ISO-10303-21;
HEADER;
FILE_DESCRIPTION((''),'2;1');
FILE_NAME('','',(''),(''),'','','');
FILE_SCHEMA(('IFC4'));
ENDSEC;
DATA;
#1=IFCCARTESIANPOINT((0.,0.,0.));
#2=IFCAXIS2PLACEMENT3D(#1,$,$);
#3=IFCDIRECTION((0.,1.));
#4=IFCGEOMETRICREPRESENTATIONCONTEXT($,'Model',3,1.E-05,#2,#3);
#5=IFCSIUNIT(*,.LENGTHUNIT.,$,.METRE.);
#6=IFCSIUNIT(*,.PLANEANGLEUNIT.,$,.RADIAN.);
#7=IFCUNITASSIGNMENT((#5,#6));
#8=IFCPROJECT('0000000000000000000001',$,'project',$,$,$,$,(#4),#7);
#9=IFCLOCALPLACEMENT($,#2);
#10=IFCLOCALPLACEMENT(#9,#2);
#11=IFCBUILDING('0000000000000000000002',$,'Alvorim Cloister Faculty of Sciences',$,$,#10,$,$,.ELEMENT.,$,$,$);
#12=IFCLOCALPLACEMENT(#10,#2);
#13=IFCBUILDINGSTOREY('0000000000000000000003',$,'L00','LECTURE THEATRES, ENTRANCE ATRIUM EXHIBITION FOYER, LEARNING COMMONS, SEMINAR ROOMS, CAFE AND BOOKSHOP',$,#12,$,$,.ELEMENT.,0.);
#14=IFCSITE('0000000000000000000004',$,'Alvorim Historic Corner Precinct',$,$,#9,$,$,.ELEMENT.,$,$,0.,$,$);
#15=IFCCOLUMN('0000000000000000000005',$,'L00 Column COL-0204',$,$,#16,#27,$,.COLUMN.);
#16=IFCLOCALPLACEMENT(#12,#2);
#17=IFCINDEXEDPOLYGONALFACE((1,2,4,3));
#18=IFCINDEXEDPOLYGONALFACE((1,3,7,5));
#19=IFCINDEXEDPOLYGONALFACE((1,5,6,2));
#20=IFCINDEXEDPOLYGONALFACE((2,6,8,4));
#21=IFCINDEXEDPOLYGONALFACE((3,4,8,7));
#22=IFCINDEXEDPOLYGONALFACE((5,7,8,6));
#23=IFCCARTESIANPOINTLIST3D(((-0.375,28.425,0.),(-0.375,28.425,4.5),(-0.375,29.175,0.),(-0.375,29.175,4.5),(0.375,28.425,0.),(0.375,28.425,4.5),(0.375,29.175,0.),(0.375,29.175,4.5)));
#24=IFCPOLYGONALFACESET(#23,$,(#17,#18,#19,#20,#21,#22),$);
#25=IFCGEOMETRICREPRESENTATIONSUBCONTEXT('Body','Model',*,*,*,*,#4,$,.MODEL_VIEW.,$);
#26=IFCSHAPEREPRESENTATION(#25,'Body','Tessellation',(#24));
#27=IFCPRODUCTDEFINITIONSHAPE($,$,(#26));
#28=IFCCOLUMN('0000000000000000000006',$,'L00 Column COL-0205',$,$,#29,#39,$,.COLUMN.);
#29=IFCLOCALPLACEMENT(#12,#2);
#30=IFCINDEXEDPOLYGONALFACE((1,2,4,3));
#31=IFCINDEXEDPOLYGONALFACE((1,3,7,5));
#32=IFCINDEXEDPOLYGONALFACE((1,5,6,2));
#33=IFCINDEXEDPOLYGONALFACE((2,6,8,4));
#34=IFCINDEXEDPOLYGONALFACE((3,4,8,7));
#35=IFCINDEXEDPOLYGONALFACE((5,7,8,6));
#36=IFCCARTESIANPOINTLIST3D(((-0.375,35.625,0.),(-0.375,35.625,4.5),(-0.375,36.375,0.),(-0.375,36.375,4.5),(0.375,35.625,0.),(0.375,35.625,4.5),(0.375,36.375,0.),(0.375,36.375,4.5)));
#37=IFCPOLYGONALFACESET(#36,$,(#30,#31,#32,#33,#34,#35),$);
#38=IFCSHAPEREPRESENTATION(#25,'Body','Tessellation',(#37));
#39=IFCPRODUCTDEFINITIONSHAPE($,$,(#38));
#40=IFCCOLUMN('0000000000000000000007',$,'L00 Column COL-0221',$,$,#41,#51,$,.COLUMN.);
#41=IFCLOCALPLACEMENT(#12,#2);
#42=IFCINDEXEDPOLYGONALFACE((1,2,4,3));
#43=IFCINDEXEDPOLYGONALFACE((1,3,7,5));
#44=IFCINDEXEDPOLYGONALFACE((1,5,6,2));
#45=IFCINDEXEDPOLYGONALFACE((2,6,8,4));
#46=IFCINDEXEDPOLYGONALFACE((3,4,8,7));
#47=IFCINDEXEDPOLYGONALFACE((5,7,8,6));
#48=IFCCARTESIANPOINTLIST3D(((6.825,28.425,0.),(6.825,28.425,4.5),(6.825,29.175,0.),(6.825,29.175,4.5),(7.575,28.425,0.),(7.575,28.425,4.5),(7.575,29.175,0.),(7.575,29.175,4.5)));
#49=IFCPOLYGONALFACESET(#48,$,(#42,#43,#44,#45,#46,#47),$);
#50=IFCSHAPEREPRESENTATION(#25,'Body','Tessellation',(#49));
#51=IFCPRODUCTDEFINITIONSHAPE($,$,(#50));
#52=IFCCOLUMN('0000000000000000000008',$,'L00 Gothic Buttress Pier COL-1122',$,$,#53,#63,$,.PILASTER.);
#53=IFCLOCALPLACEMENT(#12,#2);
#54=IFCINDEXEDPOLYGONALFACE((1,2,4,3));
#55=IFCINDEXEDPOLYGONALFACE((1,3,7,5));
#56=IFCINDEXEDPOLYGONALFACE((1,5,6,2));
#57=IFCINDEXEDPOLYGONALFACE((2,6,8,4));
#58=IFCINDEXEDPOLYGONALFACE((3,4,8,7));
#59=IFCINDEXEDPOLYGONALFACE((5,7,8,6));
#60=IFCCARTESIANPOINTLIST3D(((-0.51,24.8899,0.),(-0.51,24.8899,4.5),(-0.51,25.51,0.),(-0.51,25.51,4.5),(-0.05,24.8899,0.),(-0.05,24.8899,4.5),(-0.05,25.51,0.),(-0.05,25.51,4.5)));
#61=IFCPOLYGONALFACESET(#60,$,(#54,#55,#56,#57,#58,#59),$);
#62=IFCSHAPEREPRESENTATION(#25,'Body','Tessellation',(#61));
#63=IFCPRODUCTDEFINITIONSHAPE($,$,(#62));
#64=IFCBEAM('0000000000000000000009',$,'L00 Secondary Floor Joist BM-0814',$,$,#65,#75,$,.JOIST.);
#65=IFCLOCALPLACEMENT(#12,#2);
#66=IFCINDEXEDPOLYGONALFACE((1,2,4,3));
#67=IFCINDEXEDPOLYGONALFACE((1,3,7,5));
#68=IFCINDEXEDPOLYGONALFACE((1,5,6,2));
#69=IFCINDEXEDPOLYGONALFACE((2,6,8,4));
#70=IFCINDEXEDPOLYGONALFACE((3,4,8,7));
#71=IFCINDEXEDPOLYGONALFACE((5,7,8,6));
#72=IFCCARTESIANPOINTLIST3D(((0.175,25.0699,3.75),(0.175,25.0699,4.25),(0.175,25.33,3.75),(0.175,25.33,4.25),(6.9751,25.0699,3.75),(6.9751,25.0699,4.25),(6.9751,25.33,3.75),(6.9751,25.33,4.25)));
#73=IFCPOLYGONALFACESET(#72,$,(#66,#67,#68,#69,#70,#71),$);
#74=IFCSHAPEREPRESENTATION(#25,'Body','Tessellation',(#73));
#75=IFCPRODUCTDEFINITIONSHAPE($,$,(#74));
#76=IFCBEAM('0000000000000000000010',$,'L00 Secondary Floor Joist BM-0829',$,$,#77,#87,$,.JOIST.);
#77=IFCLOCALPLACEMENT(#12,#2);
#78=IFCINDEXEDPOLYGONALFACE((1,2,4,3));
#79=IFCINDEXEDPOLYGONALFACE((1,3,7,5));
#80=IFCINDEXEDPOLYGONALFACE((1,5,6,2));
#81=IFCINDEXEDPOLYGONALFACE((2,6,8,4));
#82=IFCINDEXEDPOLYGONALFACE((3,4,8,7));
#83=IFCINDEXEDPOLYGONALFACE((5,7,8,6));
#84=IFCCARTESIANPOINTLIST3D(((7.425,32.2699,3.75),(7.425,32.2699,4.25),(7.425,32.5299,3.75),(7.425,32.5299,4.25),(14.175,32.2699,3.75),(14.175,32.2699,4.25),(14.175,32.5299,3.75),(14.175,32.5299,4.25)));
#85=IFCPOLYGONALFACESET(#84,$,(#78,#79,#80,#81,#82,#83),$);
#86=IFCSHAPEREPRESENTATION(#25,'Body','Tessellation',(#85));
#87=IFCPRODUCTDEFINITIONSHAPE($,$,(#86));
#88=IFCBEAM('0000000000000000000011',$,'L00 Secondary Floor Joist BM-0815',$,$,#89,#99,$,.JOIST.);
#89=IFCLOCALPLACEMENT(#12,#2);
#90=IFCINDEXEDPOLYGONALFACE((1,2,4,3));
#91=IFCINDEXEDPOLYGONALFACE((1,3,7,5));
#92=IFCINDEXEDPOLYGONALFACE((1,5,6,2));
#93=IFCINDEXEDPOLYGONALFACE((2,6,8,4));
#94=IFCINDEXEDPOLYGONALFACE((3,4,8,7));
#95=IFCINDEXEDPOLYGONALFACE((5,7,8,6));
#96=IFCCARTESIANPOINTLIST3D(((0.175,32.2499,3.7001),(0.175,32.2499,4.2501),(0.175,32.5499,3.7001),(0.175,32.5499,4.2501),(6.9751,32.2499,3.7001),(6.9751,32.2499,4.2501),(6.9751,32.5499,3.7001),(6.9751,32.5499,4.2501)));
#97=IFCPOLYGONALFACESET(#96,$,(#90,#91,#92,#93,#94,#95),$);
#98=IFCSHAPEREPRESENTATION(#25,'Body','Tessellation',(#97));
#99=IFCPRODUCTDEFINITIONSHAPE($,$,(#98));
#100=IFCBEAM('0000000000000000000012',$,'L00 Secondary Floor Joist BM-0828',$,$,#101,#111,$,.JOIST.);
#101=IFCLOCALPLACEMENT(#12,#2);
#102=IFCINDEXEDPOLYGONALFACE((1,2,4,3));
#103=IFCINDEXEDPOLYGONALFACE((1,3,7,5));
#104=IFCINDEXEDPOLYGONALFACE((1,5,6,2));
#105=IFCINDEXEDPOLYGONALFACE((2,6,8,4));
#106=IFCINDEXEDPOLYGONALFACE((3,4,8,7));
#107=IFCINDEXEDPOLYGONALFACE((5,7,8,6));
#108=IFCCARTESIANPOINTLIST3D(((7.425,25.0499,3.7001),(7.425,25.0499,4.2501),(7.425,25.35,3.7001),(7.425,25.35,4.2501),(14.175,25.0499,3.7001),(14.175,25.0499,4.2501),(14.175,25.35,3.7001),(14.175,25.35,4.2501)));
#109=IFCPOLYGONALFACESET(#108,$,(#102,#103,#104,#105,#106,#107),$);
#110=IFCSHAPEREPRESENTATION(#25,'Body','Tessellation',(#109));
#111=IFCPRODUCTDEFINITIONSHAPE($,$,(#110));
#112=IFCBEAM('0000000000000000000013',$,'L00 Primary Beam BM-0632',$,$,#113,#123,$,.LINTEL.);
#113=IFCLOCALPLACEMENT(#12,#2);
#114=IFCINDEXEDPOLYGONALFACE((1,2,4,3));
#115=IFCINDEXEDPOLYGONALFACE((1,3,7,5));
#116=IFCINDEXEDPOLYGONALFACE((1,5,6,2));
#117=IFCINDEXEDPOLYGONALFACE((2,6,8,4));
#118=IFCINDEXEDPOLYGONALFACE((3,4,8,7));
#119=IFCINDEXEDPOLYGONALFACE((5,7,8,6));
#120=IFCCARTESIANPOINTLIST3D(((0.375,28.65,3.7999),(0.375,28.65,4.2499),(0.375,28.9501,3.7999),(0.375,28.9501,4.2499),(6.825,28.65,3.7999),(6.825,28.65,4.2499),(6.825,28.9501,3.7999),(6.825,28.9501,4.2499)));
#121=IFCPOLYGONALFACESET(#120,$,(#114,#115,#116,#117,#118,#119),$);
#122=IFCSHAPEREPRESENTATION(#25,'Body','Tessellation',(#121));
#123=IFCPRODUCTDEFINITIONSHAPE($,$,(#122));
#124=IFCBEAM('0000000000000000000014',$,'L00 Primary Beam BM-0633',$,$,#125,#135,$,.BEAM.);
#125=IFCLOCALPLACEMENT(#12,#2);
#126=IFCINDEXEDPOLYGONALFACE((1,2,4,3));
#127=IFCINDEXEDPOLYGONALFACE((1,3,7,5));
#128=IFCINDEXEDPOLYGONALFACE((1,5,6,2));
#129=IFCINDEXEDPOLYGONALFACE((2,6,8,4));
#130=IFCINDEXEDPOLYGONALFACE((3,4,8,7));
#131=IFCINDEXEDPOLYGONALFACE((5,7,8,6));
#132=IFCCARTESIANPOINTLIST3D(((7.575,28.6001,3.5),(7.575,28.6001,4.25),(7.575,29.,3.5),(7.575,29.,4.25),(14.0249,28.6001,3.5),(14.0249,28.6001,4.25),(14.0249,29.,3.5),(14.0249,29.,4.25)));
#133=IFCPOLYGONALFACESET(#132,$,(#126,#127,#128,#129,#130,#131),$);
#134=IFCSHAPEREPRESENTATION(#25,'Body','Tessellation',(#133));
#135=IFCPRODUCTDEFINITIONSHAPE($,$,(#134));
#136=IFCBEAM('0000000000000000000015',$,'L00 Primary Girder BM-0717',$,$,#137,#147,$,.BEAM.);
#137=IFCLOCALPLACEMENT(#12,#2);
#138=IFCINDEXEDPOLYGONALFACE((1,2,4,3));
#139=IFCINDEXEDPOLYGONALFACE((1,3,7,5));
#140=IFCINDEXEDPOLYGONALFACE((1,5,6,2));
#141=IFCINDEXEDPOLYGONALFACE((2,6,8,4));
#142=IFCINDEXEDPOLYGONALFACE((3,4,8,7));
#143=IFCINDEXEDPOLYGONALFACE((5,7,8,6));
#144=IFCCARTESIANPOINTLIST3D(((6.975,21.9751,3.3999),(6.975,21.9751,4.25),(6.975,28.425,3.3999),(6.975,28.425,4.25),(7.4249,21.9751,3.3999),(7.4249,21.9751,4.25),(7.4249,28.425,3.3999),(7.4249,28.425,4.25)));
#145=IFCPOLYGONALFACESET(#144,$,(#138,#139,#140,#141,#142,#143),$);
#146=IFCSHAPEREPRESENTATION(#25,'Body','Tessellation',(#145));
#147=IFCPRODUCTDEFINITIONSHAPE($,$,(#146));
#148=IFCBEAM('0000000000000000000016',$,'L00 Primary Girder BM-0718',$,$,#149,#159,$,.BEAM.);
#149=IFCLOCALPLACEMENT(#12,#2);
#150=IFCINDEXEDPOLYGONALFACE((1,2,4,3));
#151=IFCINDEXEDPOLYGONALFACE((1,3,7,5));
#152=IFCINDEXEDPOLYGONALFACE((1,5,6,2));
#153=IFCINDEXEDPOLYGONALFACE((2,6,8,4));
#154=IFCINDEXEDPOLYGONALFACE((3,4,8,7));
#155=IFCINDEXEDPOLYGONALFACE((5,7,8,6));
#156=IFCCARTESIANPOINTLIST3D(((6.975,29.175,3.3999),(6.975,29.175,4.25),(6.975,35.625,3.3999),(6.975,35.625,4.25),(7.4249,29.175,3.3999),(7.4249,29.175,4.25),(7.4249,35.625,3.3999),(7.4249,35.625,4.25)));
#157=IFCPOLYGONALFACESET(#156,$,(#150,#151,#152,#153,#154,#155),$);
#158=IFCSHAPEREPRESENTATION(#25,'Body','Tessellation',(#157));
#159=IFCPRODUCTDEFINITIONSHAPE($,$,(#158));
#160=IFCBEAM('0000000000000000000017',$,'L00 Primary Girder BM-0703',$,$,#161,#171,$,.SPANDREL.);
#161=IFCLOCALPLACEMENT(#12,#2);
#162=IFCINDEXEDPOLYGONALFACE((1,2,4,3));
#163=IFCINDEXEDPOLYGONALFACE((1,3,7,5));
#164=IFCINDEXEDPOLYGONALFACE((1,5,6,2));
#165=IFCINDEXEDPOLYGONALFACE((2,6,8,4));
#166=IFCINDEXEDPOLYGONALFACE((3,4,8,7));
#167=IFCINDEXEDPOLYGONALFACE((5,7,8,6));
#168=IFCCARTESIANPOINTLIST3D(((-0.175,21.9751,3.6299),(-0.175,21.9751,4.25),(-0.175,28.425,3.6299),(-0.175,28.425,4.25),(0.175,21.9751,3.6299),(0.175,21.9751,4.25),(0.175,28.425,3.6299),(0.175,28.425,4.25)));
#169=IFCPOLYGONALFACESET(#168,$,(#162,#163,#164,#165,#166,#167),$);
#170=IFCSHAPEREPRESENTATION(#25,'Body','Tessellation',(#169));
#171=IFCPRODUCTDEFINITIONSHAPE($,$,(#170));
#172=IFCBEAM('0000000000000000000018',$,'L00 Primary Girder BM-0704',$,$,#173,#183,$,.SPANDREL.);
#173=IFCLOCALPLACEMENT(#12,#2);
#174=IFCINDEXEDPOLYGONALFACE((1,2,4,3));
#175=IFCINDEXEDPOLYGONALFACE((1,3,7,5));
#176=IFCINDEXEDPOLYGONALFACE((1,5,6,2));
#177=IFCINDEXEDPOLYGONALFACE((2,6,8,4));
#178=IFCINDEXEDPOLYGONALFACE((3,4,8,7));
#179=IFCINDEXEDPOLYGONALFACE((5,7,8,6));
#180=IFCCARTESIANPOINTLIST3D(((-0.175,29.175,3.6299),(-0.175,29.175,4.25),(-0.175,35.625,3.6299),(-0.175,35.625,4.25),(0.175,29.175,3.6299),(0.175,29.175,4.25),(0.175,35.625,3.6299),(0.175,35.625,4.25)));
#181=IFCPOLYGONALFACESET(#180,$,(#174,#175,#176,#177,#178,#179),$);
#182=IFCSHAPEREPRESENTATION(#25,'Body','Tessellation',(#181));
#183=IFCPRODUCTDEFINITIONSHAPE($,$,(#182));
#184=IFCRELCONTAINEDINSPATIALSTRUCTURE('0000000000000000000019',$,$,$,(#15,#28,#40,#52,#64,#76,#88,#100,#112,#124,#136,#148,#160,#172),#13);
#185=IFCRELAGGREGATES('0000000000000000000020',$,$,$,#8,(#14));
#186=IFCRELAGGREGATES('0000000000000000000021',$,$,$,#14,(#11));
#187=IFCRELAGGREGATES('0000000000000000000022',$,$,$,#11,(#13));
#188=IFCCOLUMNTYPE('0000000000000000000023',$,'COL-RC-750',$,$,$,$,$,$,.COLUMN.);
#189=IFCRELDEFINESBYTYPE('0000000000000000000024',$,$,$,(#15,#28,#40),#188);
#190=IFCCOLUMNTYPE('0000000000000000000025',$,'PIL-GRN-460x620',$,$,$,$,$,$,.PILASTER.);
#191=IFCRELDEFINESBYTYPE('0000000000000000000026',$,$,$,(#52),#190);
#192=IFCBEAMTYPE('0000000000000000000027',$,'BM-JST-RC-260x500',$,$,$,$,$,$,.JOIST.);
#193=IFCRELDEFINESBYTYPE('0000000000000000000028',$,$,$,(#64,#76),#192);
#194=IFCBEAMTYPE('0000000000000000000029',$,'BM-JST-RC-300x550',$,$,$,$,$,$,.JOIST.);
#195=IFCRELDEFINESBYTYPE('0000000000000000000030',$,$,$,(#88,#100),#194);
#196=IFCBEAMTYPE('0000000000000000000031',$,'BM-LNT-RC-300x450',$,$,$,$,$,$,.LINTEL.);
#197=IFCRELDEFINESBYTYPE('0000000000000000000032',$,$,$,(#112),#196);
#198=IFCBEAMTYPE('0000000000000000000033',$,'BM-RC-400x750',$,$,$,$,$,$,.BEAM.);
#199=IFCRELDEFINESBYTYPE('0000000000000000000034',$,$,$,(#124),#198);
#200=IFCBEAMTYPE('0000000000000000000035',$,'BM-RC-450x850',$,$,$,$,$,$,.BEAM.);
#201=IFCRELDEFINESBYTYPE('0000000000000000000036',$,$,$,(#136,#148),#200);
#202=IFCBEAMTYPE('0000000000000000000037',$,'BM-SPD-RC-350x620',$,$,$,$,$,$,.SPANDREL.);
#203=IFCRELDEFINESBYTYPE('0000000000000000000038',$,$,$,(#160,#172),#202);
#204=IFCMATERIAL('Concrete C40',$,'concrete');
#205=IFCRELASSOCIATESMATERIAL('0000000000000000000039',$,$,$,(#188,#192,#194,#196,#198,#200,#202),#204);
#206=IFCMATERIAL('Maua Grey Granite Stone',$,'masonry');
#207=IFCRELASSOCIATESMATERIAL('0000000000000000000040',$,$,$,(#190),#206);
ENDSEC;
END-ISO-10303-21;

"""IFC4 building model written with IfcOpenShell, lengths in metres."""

from ifc_helpers import new_model, si_unit, direction, frame, origin, origin_2d, place, context, subcontext, project, spatial, rectangle, extrude, material, material_profile, profile_set, type_object, element, save


model = new_model("IFC4")

# Units and contexts
model_context = context("Model", 3, precision=1e-05, world=origin(), true_north=direction((0.0, 1.0)))
body_context = subcontext(model_context, "Body", "Model", "MODEL_VIEW")
ifc_project = project(units=[si_unit("LENGTHUNIT", "METRE"), si_unit("PLANEANGLEUNIT", "RADIAN")], contexts=[model_context])

# Site, building, storey
site_placement = place(None, origin())
site = spatial("IfcSite", under=ifc_project, at=site_placement, Name="Alvorim Historic Corner Precinct", CompositionType="ELEMENT", RefElevation=0.0)
building_placement = place(site_placement, origin())
building = spatial("IfcBuilding", under=site, at=building_placement, Name="Alvorim Cloister Faculty of Sciences", CompositionType="ELEMENT")
storey_placement = place(building_placement, origin())
storey = spatial("IfcBuildingStorey", under=building, at=storey_placement, Name="L00", Description="LECTURE THEATRES, ENTRANCE ATRIUM EXHIBITION FOYER, LEARNING COMMONS, SEMINAR ROOMS, CAFE AND BOOKSHOP", CompositionType="ELEMENT", Elevation=0.0)

# Columns
ifc_material_1 = material(Name="Concrete C40", Category="concrete")
ifc_material_profile_1 = material_profile(ifc_material_1, rectangle(XDim=0.75, YDim=0.75, at=origin_2d()), Name="RC40-COL-750x750")
ifc_profile_set_1 = profile_set([ifc_material_profile_1], Name="Concrete C40")
column_type_1 = type_object("IfcColumnType", Name="COL-RC-750", PredefinedType="COLUMN", material=ifc_profile_set_1)
for number, where, z_axis, x_axis, name in (
    (1, (0.0, 28.8, 0.0), (0.0, 0.0, 1.0), (1.0, 0.0, 0.0), "L00 Column COL-0204"),
    (2, (0.0, 36.0, 0.0), (0.0, 0.0, 1.0), (1.0, 0.0, 0.0), "L00 Column COL-0205"),
    (3, (7.2, 28.8, 0.0), (0.0, 0.0, 1.0), (1.0, 0.0, 0.0), "L00 Column COL-0221"),
):
    element("IfcColumn", number, at=place(storey_placement, frame(where, z_axis=z_axis, x_axis=x_axis)), inside=storey, type_object=column_type_1, Name=name, PredefinedType="COLUMN", context=body_context, shape_type="SweptSolid", body=[
        extrude(rectangle(XDim=0.75, YDim=0.75, at=origin_2d()), origin(), (0.0, 0.0, 1.0), 4.5),
    ])
ifc_material_2 = material(Name="Maua Grey Granite Stone", Category="masonry")
ifc_material_profile_2 = material_profile(ifc_material_2, rectangle(XDim=0.46, YDim=0.6201, at=origin_2d()), Name="GRN-PIER-460x620")
ifc_profile_set_2 = profile_set([ifc_material_profile_2], Name="Maua Grey Granite Stone")
column_type_2 = type_object("IfcColumnType", Name="PIL-GRN-460x620", PredefinedType="PILASTER", material=ifc_profile_set_2)
column_placement = place(storey_placement, frame((-0.28, 25.2, 0.0), z_axis=(0.0, 0.0, 1.0), x_axis=(1.0, 0.0, 0.0)))
element("IfcColumn", 4, at=column_placement, inside=storey, type_object=column_type_2, Name="L00 Gothic Buttress Pier COL-1122", PredefinedType="PILASTER", context=body_context, shape_type="SweptSolid", body=[
    extrude(rectangle(XDim=0.46, YDim=0.6201, at=origin_2d()), origin(), (0.0, 0.0, 1.0), 4.5),
])

# Beams
ifc_material_profile_3 = material_profile(ifc_material_1, rectangle(XDim=0.26, YDim=0.5, at=origin_2d()), Name="RC40-JST-260x500")
ifc_profile_set_3 = profile_set([ifc_material_profile_3], Name="Concrete C40")
beam_type_1 = type_object("IfcBeamType", Name="BM-JST-RC-260x500", PredefinedType="JOIST", material=ifc_profile_set_3)
beam_1_placement = place(storey_placement, frame((0.175, 25.2, 4.0), z_axis=(1.0, 0.0, 0.0), x_axis=(0.0, 1.0, 0.0)))
element("IfcBeam", 5, at=beam_1_placement, inside=storey, type_object=beam_type_1, Name="L00 Secondary Floor Joist BM-0814", PredefinedType="JOIST", context=body_context, shape_type="SweptSolid", body=[
    extrude(rectangle(XDim=0.26, YDim=0.5, at=origin_2d()), origin(), (0.0, 0.0, 1.0), 6.8),
])
beam_2_placement = place(storey_placement, frame((7.425, 32.3999, 4.0), z_axis=(1.0, 0.0, 0.0), x_axis=(0.0, 1.0, 0.0)))
element("IfcBeam", 6, at=beam_2_placement, inside=storey, type_object=beam_type_1, Name="L00 Secondary Floor Joist BM-0829", PredefinedType="JOIST", context=body_context, shape_type="SweptSolid", body=[
    extrude(rectangle(XDim=0.26, YDim=0.5, at=origin_2d()), origin(), (0.0, 0.0, 1.0), 6.75),
])
ifc_material_profile_4 = material_profile(ifc_material_1, rectangle(XDim=0.3, YDim=0.55, at=origin_2d()), Name="RC40-JST-300x550")
ifc_profile_set_4 = profile_set([ifc_material_profile_4], Name="Concrete C40")
beam_type_2 = type_object("IfcBeamType", Name="BM-JST-RC-300x550", PredefinedType="JOIST", material=ifc_profile_set_4)
beam_3_placement = place(storey_placement, frame((0.175, 32.3999, 3.9751), z_axis=(1.0, 0.0, 0.0), x_axis=(0.0, 1.0, 0.0)))
element("IfcBeam", 7, at=beam_3_placement, inside=storey, type_object=beam_type_2, Name="L00 Secondary Floor Joist BM-0815", PredefinedType="JOIST", context=body_context, shape_type="SweptSolid", body=[
    extrude(rectangle(XDim=0.3, YDim=0.55, at=origin_2d()), origin(), (0.0, 0.0, 1.0), 6.8),
])
beam_4_placement = place(storey_placement, frame((7.425, 25.2, 3.9751), z_axis=(1.0, 0.0, 0.0), x_axis=(0.0, 1.0, 0.0)))
element("IfcBeam", 8, at=beam_4_placement, inside=storey, type_object=beam_type_2, Name="L00 Secondary Floor Joist BM-0828", PredefinedType="JOIST", context=body_context, shape_type="SweptSolid", body=[
    extrude(rectangle(XDim=0.3, YDim=0.55, at=origin_2d()), origin(), (0.0, 0.0, 1.0), 6.75),
])
ifc_material_profile_5 = material_profile(ifc_material_1, rectangle(XDim=0.3, YDim=0.45, at=origin_2d()), Name="RC40-LNT-300x450")
ifc_profile_set_5 = profile_set([ifc_material_profile_5], Name="Concrete C40")
beam_type_3 = type_object("IfcBeamType", Name="BM-LNT-RC-300x450", PredefinedType="LINTEL", material=ifc_profile_set_5)
beam_5_placement = place(storey_placement, frame((0.375, 28.8, 4.0249), z_axis=(1.0, 0.0, 0.0), x_axis=(0.0, 1.0, 0.0)))
element("IfcBeam", 9, at=beam_5_placement, inside=storey, type_object=beam_type_3, Name="L00 Primary Beam BM-0632", PredefinedType="LINTEL", context=body_context, shape_type="SweptSolid", body=[
    extrude(rectangle(XDim=0.3, YDim=0.45, at=origin_2d()), origin(), (0.0, 0.0, 1.0), 6.45),
])
ifc_material_profile_6 = material_profile(ifc_material_1, rectangle(XDim=0.3999, YDim=0.75, at=origin_2d()), Name="RC40-BM-400x750")
ifc_profile_set_6 = profile_set([ifc_material_profile_6], Name="Concrete C40")
beam_type_4 = type_object("IfcBeamType", Name="BM-RC-400x750", PredefinedType="BEAM", material=ifc_profile_set_6)
beam_6_placement = place(storey_placement, frame((7.575, 28.8, 3.875), z_axis=(1.0, 0.0, 0.0), x_axis=(0.0, 1.0, 0.0)))
element("IfcBeam", 10, at=beam_6_placement, inside=storey, type_object=beam_type_4, Name="L00 Primary Beam BM-0633", PredefinedType="BEAM", context=body_context, shape_type="SweptSolid", body=[
    extrude(rectangle(XDim=0.3999, YDim=0.75, at=origin_2d()), origin(), (0.0, 0.0, 1.0), 6.45),
])
ifc_material_profile_7 = material_profile(ifc_material_1, rectangle(XDim=0.45, YDim=0.8501, at=origin_2d()), Name="RC40-BM-450x850")
ifc_profile_set_7 = profile_set([ifc_material_profile_7], Name="Concrete C40")
beam_type_5 = type_object("IfcBeamType", Name="BM-RC-450x850", PredefinedType="BEAM", material=ifc_profile_set_7)
for number, where, z_axis, x_axis, name in (
    (11, (7.2, 21.9751, 3.825), (0.0, 1.0, 0.0), (-1.0, 0.0, 0.0), "L00 Primary Girder BM-0717"),
    (12, (7.2, 29.175, 3.825), (0.0, 1.0, 0.0), (-1.0, 0.0, 0.0), "L00 Primary Girder BM-0718"),
):
    element("IfcBeam", number, at=place(storey_placement, frame(where, z_axis=z_axis, x_axis=x_axis)), inside=storey, type_object=beam_type_5, Name=name, PredefinedType="BEAM", context=body_context, shape_type="SweptSolid", body=[
        extrude(rectangle(XDim=0.45, YDim=0.8501, at=origin_2d()), origin(), (0.0, 0.0, 1.0), 6.45),
    ])
ifc_material_profile_8 = material_profile(ifc_material_1, rectangle(XDim=0.3501, YDim=0.6201, at=origin_2d()), Name="RC40-SPD-350x620")
ifc_profile_set_8 = profile_set([ifc_material_profile_8], Name="Concrete C40")
beam_type_6 = type_object("IfcBeamType", Name="BM-SPD-RC-350x620", PredefinedType="SPANDREL", material=ifc_profile_set_8)
for number, where, z_axis, x_axis, name in (
    (13, (0.0, 21.9751, 3.9399), (0.0, 1.0, 0.0), (-1.0, 0.0, 0.0), "L00 Primary Girder BM-0703"),
    (14, (0.0, 29.175, 3.9399), (0.0, 1.0, 0.0), (-1.0, 0.0, 0.0), "L00 Primary Girder BM-0704"),
):
    element("IfcBeam", number, at=place(storey_placement, frame(where, z_axis=z_axis, x_axis=x_axis)), inside=storey, type_object=beam_type_6, Name=name, PredefinedType="SPANDREL", context=body_context, shape_type="SweptSolid", body=[
        extrude(rectangle(XDim=0.3501, YDim=0.6201, at=origin_2d()), origin(), (0.0, 0.0, 1.0), 6.45),
    ])

save(model, "model.ifc")
